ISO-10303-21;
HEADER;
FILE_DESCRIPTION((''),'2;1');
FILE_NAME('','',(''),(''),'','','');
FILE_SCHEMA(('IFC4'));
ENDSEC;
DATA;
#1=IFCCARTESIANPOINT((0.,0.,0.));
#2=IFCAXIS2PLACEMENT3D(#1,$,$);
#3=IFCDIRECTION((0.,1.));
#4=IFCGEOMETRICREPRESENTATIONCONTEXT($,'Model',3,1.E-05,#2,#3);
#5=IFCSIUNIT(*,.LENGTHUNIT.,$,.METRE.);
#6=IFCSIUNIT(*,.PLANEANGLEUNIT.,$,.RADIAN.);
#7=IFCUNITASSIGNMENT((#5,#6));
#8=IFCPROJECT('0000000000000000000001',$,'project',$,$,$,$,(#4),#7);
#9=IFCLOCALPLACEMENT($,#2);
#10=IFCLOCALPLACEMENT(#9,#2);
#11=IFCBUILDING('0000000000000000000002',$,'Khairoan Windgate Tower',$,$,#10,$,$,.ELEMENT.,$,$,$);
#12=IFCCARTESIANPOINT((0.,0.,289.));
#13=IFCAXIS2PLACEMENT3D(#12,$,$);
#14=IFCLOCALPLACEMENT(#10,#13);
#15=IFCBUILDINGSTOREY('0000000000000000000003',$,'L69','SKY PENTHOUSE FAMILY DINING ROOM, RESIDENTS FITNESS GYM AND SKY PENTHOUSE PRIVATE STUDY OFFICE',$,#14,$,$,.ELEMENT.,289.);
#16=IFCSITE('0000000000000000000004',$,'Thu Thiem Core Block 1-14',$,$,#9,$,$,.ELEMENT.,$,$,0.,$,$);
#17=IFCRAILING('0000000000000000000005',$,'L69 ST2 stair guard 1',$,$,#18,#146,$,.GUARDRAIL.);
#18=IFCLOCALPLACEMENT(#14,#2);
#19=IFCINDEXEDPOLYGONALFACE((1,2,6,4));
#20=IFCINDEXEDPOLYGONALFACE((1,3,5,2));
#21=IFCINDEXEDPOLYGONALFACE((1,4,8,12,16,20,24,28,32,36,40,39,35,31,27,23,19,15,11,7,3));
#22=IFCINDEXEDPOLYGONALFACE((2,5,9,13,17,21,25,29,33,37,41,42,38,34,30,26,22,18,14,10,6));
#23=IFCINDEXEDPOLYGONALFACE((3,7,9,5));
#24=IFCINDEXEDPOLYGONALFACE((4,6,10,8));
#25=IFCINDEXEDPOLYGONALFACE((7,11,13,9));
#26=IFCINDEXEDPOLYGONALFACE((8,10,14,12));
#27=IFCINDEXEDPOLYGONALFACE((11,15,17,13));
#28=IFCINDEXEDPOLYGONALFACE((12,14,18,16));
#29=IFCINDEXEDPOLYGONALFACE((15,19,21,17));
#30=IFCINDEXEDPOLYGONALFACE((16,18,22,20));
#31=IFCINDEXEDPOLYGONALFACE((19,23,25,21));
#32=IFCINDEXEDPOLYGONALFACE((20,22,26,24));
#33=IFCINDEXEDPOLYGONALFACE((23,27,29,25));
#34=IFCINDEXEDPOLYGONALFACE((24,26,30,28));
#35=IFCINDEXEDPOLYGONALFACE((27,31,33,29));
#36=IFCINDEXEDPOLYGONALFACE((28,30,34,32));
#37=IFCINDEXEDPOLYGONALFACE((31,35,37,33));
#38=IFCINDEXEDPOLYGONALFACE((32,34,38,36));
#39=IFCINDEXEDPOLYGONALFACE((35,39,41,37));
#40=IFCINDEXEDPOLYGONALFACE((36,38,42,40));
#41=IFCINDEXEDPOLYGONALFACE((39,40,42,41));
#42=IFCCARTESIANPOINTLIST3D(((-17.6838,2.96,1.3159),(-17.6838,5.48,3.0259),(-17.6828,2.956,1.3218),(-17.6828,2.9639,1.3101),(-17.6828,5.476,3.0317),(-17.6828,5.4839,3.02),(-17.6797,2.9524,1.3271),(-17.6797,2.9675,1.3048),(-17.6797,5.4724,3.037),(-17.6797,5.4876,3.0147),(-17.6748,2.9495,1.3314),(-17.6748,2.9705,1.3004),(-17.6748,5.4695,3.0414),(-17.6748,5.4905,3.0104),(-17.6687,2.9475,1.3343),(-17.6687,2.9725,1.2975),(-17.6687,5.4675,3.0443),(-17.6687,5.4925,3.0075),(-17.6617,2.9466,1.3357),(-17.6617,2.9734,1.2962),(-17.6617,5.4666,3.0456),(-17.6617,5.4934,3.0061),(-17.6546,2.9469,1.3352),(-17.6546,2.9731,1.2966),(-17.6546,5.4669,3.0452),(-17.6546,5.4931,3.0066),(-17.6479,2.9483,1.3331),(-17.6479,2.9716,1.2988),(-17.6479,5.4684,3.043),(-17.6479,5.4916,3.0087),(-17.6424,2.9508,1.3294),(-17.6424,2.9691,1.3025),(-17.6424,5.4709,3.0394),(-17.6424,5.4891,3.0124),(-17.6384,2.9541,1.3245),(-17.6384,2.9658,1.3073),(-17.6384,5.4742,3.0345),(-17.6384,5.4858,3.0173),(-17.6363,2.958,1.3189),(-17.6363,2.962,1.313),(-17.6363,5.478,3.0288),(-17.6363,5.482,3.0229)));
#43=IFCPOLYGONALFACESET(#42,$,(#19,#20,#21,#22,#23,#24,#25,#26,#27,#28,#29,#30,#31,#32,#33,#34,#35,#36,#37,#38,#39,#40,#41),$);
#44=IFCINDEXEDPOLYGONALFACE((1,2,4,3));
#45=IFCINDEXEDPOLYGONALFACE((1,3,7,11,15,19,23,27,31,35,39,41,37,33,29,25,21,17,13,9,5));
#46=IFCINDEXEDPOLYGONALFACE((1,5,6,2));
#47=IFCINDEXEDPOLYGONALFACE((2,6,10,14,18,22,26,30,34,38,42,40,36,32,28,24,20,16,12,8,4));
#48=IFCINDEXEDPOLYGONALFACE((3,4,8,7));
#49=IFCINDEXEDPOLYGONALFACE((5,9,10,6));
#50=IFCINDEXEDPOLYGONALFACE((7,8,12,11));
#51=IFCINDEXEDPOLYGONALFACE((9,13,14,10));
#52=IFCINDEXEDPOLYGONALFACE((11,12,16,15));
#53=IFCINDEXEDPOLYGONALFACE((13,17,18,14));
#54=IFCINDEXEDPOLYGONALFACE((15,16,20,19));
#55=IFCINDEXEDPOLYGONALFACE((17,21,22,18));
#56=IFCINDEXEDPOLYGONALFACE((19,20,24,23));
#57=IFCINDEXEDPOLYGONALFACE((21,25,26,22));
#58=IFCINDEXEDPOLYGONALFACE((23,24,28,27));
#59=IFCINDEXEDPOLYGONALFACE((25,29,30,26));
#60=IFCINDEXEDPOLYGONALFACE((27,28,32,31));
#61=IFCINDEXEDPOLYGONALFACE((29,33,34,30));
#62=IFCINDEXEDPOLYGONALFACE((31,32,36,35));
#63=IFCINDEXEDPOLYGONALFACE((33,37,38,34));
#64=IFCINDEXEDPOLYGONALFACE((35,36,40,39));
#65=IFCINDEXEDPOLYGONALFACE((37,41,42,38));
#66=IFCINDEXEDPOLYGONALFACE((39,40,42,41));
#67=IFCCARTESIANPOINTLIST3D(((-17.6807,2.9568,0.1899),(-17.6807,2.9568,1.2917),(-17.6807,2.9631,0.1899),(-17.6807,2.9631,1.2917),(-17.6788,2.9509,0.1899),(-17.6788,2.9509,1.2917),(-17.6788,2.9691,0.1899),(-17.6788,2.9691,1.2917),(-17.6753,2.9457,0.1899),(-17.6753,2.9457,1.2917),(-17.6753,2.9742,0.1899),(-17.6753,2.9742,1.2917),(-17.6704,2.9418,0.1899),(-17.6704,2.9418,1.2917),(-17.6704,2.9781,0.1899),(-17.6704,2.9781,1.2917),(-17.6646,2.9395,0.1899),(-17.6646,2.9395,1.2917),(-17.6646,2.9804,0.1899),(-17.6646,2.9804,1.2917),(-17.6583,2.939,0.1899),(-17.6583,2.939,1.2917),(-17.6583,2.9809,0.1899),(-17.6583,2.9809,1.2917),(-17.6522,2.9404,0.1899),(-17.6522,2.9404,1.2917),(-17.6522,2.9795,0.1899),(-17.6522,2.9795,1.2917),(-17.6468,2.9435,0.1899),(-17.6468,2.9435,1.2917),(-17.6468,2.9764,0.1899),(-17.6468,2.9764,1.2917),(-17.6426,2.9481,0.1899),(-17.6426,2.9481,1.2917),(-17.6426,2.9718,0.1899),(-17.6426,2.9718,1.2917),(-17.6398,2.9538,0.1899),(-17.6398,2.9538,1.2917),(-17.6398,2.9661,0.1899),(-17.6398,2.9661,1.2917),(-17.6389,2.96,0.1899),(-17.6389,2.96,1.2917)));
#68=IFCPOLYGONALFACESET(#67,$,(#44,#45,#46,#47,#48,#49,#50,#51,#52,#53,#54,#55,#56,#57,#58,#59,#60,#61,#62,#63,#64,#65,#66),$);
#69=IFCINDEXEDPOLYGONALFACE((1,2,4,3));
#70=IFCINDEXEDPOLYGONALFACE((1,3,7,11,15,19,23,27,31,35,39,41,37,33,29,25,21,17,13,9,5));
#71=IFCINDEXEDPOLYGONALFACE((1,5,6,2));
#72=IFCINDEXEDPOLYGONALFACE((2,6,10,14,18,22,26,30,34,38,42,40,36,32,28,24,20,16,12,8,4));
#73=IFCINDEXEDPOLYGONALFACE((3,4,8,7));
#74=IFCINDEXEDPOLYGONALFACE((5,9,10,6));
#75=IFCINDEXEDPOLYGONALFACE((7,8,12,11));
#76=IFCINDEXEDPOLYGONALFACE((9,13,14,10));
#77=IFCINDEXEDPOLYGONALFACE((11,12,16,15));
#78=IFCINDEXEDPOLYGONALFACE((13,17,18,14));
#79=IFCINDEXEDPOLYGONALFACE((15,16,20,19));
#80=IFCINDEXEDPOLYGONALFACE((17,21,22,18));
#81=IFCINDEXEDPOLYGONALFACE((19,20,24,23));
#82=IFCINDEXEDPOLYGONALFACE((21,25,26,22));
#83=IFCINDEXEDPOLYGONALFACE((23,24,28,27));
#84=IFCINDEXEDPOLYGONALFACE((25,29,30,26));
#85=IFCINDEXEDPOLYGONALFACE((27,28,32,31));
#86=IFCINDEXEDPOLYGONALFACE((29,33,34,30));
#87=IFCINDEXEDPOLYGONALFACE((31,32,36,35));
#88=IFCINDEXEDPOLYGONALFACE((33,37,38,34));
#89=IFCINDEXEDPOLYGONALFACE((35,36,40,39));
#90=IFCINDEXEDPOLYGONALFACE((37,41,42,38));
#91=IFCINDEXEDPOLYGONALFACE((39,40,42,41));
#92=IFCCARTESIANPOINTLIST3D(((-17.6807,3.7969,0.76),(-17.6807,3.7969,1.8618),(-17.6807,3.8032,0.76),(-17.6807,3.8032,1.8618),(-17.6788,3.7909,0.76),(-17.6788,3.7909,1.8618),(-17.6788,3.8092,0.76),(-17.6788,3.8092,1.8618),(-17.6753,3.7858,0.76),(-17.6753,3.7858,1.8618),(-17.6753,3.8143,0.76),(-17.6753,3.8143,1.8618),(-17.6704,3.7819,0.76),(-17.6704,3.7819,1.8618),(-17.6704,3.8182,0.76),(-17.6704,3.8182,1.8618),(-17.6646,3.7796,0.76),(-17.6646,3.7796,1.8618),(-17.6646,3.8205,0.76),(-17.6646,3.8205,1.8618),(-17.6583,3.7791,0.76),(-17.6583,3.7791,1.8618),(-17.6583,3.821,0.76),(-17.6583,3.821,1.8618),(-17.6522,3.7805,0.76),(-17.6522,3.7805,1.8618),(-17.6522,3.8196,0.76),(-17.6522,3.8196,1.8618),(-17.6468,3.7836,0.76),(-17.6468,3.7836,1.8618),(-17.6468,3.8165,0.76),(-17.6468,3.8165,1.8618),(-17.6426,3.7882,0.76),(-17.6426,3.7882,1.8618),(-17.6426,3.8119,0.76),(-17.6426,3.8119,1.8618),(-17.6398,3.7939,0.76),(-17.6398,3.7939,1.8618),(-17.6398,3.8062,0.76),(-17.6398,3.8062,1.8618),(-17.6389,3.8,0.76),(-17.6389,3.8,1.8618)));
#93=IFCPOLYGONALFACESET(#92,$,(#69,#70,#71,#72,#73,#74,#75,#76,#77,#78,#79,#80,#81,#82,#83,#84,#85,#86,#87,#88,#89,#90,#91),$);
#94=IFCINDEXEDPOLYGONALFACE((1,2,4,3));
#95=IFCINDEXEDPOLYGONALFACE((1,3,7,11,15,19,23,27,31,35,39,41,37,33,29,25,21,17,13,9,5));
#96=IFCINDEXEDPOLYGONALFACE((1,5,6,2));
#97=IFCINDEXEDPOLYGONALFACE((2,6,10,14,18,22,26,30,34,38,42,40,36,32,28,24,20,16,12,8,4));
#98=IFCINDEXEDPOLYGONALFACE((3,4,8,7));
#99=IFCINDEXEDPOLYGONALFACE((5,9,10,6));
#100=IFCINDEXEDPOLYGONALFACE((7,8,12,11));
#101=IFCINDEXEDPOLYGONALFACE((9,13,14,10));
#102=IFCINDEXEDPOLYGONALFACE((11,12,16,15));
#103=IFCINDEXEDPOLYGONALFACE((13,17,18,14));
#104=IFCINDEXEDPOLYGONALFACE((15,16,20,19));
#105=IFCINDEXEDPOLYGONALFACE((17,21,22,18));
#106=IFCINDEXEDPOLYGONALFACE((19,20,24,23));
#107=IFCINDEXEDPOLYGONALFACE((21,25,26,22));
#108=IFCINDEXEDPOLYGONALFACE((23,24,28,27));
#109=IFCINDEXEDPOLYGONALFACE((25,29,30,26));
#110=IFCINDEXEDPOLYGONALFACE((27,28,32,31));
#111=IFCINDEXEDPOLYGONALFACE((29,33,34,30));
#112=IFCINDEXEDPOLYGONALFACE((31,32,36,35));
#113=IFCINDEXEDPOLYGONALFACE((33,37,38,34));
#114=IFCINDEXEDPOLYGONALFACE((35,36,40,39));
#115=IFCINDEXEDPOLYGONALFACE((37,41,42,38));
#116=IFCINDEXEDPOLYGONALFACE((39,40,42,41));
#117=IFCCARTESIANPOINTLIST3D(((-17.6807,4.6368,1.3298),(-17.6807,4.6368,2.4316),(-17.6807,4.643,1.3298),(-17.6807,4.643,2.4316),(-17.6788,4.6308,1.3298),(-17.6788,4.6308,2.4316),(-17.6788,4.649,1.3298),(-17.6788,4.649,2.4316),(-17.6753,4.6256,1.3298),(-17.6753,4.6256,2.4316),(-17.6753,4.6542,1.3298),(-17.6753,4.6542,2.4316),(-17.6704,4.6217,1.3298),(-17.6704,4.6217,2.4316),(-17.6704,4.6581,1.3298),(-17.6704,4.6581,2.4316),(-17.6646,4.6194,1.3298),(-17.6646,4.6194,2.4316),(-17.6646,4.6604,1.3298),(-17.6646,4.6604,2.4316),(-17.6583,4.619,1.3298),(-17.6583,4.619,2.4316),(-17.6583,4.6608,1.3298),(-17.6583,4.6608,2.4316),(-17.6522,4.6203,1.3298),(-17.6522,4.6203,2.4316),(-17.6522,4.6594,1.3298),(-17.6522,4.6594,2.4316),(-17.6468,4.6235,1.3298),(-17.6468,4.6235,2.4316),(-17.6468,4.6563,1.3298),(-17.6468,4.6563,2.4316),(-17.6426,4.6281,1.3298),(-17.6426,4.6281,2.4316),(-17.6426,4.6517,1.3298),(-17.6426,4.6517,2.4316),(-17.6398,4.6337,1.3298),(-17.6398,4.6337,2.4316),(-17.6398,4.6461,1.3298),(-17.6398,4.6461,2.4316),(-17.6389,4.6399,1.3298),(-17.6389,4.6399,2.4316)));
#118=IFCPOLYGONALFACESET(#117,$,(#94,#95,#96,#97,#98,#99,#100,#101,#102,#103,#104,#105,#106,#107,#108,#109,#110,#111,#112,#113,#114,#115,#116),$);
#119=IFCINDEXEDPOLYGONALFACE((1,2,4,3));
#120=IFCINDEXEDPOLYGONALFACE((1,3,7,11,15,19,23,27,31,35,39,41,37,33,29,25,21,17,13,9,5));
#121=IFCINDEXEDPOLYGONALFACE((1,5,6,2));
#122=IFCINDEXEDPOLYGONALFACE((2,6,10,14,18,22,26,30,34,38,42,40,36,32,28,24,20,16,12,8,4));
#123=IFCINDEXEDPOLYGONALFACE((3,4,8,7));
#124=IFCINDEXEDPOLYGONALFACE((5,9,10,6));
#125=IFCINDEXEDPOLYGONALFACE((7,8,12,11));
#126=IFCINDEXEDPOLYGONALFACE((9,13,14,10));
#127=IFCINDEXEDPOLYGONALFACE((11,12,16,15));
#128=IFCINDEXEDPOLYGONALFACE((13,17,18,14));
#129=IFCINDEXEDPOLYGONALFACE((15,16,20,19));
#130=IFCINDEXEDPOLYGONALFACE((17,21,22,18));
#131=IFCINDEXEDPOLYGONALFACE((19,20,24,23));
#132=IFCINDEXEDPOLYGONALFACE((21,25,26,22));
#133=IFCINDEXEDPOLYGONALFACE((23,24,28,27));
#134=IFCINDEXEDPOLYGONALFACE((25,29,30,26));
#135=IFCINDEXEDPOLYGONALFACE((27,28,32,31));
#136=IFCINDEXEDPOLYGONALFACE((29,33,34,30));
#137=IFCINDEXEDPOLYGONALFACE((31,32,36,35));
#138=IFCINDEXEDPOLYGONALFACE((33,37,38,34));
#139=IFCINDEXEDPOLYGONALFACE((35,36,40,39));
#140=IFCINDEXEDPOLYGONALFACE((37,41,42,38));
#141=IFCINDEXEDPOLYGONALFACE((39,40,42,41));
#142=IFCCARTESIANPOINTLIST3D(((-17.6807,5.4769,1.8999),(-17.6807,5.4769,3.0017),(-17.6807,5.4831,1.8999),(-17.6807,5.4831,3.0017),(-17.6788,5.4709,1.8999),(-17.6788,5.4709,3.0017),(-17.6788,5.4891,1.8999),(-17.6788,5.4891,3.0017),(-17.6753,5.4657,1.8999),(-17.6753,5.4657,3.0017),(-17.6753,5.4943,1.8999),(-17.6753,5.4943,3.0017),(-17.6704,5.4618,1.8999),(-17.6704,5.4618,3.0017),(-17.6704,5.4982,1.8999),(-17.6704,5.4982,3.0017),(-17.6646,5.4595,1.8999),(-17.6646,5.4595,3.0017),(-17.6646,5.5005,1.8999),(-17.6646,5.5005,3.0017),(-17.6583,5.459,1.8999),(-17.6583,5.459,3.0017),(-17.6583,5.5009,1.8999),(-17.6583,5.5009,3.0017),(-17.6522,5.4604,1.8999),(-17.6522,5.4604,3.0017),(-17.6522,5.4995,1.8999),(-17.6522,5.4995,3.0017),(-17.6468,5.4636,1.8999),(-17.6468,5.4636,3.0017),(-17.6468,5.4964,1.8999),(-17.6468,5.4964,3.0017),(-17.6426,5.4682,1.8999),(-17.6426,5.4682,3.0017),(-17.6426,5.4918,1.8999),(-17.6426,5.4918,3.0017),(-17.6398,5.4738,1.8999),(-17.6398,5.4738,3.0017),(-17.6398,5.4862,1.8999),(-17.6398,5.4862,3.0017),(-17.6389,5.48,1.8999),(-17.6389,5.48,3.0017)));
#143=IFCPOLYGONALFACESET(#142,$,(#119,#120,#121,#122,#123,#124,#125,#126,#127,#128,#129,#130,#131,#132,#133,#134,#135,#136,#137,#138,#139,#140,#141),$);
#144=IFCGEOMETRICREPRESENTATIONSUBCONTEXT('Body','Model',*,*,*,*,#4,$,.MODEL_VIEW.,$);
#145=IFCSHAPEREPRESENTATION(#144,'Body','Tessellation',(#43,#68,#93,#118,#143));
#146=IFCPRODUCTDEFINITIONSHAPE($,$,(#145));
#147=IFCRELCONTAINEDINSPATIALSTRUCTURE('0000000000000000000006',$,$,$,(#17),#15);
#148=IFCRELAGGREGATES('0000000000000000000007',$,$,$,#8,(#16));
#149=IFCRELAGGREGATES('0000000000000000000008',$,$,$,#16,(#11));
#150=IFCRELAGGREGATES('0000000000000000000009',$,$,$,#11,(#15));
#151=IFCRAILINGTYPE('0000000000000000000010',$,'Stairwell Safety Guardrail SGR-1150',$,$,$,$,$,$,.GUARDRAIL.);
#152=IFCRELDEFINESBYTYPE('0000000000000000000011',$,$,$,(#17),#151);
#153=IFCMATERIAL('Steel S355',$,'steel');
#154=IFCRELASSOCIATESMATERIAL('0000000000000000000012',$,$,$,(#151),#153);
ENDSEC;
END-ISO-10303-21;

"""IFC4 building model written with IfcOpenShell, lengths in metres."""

from ifc_helpers import new_model, si_unit, direction, frame, origin, origin_2d, place, context, subcontext, project, spatial, circle, extrude, material, type_object, element, save


model = new_model("IFC4")

# Units and contexts
model_context = context("Model", 3, precision=1e-05, world=origin(), true_north=direction((0.0, 1.0)))
body_context = subcontext(model_context, "Body", "Model", "MODEL_VIEW")
ifc_project = project(units=[si_unit("LENGTHUNIT", "METRE"), si_unit("PLANEANGLEUNIT", "RADIAN")], contexts=[model_context])

# Site, building, storey
site_placement = place(None, origin())
site = spatial("IfcSite", under=ifc_project, at=site_placement, Name="Thu Thiem Core Block 1-14", CompositionType="ELEMENT", RefElevation=0.0)
building_placement = place(site_placement, origin())
building = spatial("IfcBuilding", under=site, at=building_placement, Name="Khairoan Windgate Tower", CompositionType="ELEMENT")
storey_placement = place(building_placement, frame((0.0, 0.0, 289.0)))
storey = spatial("IfcBuildingStorey", under=building, at=storey_placement, Name="L69", Description="SKY PENTHOUSE FAMILY DINING ROOM, RESIDENTS FITNESS GYM AND SKY PENTHOUSE PRIVATE STUDY OFFICE", CompositionType="ELEMENT", Elevation=289.0)

# Railing
ifc_material_1 = material(Name="Steel S355", Category="steel")
railing_type_1 = type_object("IfcRailingType", Name="Stairwell Safety Guardrail SGR-1150", PredefinedType="GUARDRAIL", material=ifc_material_1)
railing_1_placement = place(storey_placement, frame((-17.6599, 2.96, 0.1899)))
element("IfcRailing", 1, at=railing_1_placement, inside=storey, type_object=railing_type_1, Name="L69 ST2 stair guard 1", PredefinedType="GUARDRAIL", context=body_context, shape_type="SweptSolid", body=[
    extrude(circle(Radius=0.0239, at=origin_2d()), frame((0.0, 0.0, 1.126), z_axis=(0.0, 0.827484, 0.56149), x_axis=(-1.0, 0.0, 0.0)), (0.0, 0.0, 1.0), 3.0454),
    extrude(circle(Radius=0.021, at=origin_2d()), origin(), (0.0, 0.0, 1.0), 1.1018),
    extrude(circle(Radius=0.021, at=origin_2d()), frame((0.0, 0.8401, 0.5701)), (0.0, 0.0, 1.0), 1.1018),
    extrude(circle(Radius=0.021, at=origin_2d()), frame((0.0, 1.6799, 1.1399)), (0.0, 0.0, 1.0), 1.1018),
    extrude(circle(Radius=0.021, at=origin_2d()), frame((0.0, 2.52, 1.71)), (0.0, 0.0, 1.0), 1.1018),
])

save(model, "model.ifc")
